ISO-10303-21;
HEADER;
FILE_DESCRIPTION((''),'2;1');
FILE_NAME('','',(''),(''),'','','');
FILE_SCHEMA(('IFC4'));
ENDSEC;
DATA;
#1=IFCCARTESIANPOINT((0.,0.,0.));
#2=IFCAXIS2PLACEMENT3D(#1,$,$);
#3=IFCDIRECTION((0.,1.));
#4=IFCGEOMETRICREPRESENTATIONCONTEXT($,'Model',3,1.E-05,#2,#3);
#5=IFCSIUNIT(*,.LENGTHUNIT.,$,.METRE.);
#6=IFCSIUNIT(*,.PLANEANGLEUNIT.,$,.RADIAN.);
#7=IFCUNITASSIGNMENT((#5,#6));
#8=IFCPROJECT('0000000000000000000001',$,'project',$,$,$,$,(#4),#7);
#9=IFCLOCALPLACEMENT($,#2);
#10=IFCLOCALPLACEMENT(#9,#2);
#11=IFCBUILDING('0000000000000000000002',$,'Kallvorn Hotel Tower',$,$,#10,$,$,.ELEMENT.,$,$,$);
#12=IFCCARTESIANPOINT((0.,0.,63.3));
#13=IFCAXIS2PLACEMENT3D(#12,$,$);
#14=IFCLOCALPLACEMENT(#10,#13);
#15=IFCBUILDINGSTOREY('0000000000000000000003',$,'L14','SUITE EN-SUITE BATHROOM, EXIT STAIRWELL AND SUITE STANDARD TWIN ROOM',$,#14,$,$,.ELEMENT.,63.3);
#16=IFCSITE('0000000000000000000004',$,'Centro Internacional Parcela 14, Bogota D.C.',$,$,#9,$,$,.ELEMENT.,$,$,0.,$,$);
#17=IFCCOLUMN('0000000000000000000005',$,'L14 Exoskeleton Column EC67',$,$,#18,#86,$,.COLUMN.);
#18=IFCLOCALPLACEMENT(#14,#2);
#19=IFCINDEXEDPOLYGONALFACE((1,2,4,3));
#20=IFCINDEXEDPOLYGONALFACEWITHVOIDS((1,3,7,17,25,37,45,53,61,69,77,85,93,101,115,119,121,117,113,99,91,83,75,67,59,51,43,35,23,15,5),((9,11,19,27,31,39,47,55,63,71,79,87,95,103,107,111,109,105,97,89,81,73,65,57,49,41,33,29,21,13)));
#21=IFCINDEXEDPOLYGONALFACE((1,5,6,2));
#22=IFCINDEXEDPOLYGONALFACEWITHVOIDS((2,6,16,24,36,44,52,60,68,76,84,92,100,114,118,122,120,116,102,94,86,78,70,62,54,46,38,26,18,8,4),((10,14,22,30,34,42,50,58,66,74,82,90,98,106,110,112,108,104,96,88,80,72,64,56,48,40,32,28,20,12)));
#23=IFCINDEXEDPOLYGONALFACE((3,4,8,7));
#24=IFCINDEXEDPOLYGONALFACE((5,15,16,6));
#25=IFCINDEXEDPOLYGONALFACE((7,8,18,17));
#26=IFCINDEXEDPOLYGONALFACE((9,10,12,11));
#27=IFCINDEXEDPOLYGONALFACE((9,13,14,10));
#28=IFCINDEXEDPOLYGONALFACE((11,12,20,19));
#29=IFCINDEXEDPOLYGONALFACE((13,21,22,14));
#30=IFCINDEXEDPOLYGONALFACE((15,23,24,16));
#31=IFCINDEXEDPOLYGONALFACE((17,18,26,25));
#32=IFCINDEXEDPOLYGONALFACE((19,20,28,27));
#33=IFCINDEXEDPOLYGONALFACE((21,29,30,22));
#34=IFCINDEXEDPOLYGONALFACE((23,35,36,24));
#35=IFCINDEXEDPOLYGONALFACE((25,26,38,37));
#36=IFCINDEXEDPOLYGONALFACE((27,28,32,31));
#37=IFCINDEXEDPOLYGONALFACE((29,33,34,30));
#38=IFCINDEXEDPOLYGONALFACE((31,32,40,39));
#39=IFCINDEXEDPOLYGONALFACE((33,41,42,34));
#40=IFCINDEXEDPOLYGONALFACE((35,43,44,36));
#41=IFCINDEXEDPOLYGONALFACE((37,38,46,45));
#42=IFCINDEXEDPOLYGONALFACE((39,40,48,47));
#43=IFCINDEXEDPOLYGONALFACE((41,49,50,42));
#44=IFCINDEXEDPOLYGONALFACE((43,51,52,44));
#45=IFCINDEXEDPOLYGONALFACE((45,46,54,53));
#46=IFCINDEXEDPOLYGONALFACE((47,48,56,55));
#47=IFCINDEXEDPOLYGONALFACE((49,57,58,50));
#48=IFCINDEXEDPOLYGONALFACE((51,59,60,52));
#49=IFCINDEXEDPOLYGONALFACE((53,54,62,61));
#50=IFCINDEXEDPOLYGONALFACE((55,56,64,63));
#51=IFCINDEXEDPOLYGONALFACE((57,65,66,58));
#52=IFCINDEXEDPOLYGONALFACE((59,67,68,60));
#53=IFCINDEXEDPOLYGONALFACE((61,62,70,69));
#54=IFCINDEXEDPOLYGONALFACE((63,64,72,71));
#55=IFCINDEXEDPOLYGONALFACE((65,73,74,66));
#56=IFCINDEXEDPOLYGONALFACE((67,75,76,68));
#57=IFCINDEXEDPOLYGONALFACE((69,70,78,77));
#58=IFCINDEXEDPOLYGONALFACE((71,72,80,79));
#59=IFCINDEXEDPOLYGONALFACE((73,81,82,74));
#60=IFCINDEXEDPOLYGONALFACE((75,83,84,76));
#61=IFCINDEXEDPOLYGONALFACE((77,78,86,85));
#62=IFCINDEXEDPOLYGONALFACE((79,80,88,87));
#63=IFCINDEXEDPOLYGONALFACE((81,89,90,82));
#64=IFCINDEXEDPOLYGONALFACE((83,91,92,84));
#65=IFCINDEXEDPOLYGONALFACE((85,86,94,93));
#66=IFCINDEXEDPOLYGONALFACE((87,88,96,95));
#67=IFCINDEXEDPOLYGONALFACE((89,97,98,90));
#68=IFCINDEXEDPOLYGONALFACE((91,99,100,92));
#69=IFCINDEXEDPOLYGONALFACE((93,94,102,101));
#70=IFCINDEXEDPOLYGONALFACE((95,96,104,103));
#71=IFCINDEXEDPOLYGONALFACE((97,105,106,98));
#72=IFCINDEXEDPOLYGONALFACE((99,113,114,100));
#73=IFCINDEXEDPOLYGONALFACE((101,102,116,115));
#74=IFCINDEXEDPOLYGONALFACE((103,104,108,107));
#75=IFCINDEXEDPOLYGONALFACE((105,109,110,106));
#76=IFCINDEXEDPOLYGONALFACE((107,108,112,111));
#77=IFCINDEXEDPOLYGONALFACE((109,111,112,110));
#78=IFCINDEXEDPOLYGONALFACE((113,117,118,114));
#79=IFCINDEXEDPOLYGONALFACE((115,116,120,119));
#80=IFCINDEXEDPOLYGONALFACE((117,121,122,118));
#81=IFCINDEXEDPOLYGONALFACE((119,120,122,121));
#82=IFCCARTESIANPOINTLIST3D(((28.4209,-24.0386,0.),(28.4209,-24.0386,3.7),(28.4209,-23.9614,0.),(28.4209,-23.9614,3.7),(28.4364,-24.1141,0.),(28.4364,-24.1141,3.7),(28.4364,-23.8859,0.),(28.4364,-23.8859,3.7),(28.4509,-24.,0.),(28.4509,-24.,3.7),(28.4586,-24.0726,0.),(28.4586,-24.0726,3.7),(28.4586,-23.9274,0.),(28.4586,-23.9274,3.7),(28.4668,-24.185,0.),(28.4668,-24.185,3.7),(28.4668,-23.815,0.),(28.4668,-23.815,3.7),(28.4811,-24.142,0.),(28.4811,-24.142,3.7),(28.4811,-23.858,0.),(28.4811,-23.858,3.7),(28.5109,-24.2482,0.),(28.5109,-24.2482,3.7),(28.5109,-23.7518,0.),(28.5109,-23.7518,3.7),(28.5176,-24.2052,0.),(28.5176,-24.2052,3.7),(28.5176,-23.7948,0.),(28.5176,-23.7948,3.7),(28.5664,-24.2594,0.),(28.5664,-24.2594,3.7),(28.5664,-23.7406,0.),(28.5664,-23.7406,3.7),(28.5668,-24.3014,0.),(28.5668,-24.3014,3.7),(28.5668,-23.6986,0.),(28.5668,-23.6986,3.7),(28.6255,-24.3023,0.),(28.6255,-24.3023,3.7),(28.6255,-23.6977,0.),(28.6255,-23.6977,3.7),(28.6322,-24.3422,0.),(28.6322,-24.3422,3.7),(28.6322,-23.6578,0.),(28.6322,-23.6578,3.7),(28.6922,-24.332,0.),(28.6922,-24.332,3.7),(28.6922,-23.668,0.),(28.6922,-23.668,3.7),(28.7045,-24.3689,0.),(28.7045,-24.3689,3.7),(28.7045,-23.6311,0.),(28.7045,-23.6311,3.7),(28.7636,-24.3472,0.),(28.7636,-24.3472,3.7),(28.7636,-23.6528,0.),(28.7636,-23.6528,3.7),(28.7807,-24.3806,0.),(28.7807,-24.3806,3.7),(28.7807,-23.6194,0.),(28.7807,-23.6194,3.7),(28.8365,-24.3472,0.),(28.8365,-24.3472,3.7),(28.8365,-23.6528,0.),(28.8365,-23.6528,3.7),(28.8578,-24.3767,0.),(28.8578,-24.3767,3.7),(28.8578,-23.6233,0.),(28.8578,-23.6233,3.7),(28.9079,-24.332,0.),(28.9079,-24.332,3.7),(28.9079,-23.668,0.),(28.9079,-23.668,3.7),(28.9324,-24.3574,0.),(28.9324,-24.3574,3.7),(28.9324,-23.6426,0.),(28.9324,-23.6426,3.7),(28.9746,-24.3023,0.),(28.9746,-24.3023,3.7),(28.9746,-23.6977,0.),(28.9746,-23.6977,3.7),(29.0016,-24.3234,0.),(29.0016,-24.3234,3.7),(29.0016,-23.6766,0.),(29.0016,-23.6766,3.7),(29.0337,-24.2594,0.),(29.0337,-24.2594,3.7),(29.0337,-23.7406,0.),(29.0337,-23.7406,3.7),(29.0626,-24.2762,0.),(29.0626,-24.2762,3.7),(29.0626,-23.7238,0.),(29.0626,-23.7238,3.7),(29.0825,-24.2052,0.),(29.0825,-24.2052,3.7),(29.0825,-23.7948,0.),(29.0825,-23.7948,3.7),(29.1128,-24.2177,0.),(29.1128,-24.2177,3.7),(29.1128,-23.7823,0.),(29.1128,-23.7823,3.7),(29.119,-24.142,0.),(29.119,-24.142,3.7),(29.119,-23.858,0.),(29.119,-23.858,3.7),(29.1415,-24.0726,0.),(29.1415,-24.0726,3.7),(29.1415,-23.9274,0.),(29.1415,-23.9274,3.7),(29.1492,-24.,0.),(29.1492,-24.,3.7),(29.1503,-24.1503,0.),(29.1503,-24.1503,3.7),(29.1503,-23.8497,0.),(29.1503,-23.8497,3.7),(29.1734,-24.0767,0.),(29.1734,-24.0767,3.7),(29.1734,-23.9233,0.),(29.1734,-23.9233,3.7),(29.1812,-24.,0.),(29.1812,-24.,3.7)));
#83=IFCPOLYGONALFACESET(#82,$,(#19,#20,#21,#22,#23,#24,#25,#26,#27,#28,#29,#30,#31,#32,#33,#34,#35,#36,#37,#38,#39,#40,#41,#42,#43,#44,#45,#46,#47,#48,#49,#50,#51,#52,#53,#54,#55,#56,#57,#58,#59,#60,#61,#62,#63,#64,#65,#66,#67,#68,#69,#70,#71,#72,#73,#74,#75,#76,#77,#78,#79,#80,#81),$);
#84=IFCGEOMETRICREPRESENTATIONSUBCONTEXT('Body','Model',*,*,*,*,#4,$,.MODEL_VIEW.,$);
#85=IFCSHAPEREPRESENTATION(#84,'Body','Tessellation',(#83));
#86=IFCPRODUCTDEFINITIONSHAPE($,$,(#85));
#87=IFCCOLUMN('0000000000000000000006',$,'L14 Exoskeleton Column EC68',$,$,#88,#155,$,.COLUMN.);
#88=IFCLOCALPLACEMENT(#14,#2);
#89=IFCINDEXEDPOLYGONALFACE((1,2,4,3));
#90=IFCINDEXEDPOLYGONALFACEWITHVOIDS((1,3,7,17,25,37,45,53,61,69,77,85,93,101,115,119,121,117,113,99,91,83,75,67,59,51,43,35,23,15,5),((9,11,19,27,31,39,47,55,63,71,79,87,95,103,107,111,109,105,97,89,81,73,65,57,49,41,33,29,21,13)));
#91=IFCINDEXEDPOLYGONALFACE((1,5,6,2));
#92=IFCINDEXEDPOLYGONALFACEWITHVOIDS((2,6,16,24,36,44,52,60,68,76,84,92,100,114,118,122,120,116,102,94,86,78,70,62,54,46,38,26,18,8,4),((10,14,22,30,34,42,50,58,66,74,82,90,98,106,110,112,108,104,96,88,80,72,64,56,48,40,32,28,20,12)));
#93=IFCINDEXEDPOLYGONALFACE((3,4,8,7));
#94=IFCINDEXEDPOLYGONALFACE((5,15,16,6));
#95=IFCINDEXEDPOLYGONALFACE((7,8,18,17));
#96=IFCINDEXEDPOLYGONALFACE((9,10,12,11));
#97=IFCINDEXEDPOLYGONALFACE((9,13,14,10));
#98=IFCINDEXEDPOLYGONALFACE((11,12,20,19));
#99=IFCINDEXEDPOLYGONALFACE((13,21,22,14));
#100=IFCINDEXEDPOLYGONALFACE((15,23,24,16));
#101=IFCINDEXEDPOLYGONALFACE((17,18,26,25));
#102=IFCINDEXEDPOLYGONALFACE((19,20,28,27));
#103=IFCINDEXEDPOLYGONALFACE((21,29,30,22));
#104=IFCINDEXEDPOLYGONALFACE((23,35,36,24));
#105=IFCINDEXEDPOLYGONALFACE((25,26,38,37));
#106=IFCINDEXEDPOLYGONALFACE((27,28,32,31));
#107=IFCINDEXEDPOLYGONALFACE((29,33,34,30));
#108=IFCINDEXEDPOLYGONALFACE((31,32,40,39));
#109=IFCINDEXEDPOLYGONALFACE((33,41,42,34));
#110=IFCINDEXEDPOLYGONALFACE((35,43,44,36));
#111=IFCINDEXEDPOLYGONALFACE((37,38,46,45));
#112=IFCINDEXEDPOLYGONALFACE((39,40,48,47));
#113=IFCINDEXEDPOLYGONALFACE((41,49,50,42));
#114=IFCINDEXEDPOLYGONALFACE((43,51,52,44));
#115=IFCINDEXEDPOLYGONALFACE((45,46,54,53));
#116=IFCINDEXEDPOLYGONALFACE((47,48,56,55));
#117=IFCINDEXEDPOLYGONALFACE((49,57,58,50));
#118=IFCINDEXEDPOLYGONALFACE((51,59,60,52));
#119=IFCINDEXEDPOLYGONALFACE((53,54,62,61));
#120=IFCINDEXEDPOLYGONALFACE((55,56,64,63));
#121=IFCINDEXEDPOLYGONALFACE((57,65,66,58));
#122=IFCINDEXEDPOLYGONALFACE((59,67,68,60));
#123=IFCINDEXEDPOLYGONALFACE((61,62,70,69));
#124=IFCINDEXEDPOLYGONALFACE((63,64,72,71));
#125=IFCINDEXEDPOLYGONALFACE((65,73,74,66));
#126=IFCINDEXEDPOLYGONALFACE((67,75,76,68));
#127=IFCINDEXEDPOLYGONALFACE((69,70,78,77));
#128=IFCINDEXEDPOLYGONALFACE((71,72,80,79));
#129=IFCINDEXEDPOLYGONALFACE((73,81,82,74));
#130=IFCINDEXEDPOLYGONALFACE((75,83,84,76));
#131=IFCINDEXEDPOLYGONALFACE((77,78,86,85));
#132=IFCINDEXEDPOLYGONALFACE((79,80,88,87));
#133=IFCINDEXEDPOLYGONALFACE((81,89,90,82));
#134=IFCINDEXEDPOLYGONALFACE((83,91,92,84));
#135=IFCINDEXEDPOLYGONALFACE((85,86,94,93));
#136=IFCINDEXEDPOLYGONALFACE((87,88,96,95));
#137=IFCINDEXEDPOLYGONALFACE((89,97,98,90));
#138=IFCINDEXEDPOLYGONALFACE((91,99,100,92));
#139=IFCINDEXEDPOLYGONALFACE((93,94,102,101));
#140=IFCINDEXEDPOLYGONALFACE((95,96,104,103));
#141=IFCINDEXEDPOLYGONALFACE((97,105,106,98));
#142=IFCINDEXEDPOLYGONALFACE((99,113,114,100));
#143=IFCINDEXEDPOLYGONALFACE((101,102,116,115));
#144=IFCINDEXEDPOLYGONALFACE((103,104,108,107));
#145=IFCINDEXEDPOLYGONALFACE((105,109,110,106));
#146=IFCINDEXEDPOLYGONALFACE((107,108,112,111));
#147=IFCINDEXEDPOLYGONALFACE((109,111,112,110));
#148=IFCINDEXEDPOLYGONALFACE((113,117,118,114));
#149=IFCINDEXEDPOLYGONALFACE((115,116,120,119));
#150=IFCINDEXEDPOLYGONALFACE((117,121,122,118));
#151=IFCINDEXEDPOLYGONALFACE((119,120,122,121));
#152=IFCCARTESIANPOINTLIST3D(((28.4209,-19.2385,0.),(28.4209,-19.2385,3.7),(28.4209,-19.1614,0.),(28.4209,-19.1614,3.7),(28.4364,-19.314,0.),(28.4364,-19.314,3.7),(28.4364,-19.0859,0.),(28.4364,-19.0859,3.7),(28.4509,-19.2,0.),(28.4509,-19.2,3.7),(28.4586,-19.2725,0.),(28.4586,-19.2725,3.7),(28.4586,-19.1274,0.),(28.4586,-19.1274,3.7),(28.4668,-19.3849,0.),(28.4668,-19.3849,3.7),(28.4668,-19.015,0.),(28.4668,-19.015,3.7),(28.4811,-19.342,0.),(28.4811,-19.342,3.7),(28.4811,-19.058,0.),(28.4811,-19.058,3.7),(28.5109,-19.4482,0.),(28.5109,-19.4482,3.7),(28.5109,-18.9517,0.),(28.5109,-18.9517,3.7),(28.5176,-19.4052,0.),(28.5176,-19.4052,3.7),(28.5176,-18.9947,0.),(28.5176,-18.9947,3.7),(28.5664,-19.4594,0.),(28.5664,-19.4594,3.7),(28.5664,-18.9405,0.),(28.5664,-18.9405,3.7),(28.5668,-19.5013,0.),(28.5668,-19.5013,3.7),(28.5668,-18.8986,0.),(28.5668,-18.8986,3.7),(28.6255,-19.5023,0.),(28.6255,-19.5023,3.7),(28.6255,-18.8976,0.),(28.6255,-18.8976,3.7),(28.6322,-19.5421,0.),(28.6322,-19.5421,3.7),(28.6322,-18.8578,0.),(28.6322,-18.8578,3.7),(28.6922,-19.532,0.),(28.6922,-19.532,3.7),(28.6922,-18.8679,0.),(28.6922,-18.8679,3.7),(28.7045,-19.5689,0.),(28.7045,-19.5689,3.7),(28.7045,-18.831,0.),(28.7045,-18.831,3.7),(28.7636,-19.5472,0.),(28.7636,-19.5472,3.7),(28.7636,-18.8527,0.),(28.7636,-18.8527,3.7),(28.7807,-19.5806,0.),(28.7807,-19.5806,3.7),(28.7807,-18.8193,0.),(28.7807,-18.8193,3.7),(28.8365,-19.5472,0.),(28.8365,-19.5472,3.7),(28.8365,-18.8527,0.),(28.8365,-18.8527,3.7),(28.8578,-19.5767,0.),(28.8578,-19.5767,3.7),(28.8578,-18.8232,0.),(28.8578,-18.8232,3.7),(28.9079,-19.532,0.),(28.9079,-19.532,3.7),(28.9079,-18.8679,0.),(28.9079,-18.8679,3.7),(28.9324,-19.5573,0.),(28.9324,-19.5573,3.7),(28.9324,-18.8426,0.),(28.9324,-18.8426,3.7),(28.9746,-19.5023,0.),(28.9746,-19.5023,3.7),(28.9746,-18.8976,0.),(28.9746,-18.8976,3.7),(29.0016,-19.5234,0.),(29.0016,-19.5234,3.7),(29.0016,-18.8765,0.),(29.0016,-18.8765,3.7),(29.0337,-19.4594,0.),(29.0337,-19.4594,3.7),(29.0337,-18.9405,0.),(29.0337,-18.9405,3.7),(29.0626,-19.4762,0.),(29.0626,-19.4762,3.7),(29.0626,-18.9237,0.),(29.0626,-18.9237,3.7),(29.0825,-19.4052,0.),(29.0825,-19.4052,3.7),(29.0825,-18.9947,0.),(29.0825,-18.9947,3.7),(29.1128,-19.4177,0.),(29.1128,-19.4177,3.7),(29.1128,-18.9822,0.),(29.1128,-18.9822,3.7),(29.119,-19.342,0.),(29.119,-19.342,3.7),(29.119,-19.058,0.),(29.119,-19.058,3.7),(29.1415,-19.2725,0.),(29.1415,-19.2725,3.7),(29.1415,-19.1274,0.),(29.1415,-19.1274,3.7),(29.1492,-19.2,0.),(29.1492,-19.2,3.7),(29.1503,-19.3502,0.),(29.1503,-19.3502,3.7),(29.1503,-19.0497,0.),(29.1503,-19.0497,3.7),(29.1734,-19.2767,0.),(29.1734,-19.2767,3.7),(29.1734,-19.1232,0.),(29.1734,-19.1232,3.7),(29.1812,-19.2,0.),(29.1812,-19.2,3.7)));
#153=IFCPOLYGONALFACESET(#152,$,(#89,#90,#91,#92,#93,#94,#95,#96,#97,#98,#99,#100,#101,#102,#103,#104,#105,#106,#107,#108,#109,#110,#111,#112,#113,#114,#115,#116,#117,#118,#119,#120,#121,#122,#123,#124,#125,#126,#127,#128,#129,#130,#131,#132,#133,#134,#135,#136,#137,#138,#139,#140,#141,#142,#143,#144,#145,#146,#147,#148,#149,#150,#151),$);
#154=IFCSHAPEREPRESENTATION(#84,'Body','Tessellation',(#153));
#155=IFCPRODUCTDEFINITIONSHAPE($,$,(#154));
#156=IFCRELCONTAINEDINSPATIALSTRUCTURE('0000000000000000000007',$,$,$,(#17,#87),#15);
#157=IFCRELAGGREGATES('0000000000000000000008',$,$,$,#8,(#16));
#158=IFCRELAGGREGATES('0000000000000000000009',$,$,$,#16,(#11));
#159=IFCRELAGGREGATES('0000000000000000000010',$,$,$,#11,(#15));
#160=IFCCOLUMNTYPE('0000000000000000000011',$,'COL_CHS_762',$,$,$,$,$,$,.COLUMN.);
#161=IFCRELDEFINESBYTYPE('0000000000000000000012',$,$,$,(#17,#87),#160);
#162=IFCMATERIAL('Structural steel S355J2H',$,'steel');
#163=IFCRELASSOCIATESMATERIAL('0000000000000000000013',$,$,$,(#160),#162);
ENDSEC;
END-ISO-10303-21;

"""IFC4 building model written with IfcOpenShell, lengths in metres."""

from ifc_helpers import new_model, si_unit, direction, frame, origin, origin_2d, place, context, subcontext, project, spatial, hollow_circle, extrude, material, material_profile, profile_set, type_object, element, save


model = new_model("IFC4")

# Units and contexts
model_context = context("Model", 3, precision=1e-05, world=origin(), true_north=direction((0.0, 1.0)))
body_context = subcontext(model_context, "Body", "Model", "MODEL_VIEW")
ifc_project = project(units=[si_unit("LENGTHUNIT", "METRE"), si_unit("PLANEANGLEUNIT", "RADIAN")], contexts=[model_context])

# Site, building, storey
site_placement = place(None, origin())
site = spatial("IfcSite", under=ifc_project, at=site_placement, Name="Centro Internacional Parcela 14, Bogota D.C.", CompositionType="ELEMENT", RefElevation=0.0)
building_placement = place(site_placement, origin())
building = spatial("IfcBuilding", under=site, at=building_placement, Name="Kallvorn Hotel Tower", CompositionType="ELEMENT")
storey_placement = place(building_placement, frame((0.0, 0.0, 63.3)))
storey = spatial("IfcBuildingStorey", under=building, at=storey_placement, Name="L14", Description="SUITE EN-SUITE BATHROOM, EXIT STAIRWELL AND SUITE STANDARD TWIN ROOM", CompositionType="ELEMENT", Elevation=63.3)

# Columns
ifc_material_1 = material(Name="Structural steel S355J2H", Category="steel")
ifc_material_profile_1 = material_profile(ifc_material_1, hollow_circle(Radius=0.3811, WallThickness=0.032, at=origin_2d()), Name="CHS 762x32")
ifc_profile_set_1 = profile_set([ifc_material_profile_1], Name="Structural steel S355J2H")
column_type_1 = type_object("IfcColumnType", Name="COL_CHS_762", PredefinedType="COLUMN", material=ifc_profile_set_1)
for number, where, z_axis, x_axis, name in (
    (1, (28.8, -24.0, 0.0), (0.0, 0.0, 1.0), (1.0, 0.0, 0.0), "L14 Exoskeleton Column EC67"),
    (2, (28.8, -19.2, 0.0), (0.0, 0.0, 1.0), (1.0, 0.0, 0.0), "L14 Exoskeleton Column EC68"),
):
    element("IfcColumn", number, at=place(storey_placement, frame(where, z_axis=z_axis, x_axis=x_axis)), inside=storey, type_object=column_type_1, Name=name, PredefinedType="COLUMN", context=body_context, shape_type="SweptSolid", body=[
        extrude(hollow_circle(Radius=0.3811, WallThickness=0.032, at=origin_2d()), origin(), (0.0, 0.0, 1.0), 3.7),
    ])

save(model, "model.ifc")
